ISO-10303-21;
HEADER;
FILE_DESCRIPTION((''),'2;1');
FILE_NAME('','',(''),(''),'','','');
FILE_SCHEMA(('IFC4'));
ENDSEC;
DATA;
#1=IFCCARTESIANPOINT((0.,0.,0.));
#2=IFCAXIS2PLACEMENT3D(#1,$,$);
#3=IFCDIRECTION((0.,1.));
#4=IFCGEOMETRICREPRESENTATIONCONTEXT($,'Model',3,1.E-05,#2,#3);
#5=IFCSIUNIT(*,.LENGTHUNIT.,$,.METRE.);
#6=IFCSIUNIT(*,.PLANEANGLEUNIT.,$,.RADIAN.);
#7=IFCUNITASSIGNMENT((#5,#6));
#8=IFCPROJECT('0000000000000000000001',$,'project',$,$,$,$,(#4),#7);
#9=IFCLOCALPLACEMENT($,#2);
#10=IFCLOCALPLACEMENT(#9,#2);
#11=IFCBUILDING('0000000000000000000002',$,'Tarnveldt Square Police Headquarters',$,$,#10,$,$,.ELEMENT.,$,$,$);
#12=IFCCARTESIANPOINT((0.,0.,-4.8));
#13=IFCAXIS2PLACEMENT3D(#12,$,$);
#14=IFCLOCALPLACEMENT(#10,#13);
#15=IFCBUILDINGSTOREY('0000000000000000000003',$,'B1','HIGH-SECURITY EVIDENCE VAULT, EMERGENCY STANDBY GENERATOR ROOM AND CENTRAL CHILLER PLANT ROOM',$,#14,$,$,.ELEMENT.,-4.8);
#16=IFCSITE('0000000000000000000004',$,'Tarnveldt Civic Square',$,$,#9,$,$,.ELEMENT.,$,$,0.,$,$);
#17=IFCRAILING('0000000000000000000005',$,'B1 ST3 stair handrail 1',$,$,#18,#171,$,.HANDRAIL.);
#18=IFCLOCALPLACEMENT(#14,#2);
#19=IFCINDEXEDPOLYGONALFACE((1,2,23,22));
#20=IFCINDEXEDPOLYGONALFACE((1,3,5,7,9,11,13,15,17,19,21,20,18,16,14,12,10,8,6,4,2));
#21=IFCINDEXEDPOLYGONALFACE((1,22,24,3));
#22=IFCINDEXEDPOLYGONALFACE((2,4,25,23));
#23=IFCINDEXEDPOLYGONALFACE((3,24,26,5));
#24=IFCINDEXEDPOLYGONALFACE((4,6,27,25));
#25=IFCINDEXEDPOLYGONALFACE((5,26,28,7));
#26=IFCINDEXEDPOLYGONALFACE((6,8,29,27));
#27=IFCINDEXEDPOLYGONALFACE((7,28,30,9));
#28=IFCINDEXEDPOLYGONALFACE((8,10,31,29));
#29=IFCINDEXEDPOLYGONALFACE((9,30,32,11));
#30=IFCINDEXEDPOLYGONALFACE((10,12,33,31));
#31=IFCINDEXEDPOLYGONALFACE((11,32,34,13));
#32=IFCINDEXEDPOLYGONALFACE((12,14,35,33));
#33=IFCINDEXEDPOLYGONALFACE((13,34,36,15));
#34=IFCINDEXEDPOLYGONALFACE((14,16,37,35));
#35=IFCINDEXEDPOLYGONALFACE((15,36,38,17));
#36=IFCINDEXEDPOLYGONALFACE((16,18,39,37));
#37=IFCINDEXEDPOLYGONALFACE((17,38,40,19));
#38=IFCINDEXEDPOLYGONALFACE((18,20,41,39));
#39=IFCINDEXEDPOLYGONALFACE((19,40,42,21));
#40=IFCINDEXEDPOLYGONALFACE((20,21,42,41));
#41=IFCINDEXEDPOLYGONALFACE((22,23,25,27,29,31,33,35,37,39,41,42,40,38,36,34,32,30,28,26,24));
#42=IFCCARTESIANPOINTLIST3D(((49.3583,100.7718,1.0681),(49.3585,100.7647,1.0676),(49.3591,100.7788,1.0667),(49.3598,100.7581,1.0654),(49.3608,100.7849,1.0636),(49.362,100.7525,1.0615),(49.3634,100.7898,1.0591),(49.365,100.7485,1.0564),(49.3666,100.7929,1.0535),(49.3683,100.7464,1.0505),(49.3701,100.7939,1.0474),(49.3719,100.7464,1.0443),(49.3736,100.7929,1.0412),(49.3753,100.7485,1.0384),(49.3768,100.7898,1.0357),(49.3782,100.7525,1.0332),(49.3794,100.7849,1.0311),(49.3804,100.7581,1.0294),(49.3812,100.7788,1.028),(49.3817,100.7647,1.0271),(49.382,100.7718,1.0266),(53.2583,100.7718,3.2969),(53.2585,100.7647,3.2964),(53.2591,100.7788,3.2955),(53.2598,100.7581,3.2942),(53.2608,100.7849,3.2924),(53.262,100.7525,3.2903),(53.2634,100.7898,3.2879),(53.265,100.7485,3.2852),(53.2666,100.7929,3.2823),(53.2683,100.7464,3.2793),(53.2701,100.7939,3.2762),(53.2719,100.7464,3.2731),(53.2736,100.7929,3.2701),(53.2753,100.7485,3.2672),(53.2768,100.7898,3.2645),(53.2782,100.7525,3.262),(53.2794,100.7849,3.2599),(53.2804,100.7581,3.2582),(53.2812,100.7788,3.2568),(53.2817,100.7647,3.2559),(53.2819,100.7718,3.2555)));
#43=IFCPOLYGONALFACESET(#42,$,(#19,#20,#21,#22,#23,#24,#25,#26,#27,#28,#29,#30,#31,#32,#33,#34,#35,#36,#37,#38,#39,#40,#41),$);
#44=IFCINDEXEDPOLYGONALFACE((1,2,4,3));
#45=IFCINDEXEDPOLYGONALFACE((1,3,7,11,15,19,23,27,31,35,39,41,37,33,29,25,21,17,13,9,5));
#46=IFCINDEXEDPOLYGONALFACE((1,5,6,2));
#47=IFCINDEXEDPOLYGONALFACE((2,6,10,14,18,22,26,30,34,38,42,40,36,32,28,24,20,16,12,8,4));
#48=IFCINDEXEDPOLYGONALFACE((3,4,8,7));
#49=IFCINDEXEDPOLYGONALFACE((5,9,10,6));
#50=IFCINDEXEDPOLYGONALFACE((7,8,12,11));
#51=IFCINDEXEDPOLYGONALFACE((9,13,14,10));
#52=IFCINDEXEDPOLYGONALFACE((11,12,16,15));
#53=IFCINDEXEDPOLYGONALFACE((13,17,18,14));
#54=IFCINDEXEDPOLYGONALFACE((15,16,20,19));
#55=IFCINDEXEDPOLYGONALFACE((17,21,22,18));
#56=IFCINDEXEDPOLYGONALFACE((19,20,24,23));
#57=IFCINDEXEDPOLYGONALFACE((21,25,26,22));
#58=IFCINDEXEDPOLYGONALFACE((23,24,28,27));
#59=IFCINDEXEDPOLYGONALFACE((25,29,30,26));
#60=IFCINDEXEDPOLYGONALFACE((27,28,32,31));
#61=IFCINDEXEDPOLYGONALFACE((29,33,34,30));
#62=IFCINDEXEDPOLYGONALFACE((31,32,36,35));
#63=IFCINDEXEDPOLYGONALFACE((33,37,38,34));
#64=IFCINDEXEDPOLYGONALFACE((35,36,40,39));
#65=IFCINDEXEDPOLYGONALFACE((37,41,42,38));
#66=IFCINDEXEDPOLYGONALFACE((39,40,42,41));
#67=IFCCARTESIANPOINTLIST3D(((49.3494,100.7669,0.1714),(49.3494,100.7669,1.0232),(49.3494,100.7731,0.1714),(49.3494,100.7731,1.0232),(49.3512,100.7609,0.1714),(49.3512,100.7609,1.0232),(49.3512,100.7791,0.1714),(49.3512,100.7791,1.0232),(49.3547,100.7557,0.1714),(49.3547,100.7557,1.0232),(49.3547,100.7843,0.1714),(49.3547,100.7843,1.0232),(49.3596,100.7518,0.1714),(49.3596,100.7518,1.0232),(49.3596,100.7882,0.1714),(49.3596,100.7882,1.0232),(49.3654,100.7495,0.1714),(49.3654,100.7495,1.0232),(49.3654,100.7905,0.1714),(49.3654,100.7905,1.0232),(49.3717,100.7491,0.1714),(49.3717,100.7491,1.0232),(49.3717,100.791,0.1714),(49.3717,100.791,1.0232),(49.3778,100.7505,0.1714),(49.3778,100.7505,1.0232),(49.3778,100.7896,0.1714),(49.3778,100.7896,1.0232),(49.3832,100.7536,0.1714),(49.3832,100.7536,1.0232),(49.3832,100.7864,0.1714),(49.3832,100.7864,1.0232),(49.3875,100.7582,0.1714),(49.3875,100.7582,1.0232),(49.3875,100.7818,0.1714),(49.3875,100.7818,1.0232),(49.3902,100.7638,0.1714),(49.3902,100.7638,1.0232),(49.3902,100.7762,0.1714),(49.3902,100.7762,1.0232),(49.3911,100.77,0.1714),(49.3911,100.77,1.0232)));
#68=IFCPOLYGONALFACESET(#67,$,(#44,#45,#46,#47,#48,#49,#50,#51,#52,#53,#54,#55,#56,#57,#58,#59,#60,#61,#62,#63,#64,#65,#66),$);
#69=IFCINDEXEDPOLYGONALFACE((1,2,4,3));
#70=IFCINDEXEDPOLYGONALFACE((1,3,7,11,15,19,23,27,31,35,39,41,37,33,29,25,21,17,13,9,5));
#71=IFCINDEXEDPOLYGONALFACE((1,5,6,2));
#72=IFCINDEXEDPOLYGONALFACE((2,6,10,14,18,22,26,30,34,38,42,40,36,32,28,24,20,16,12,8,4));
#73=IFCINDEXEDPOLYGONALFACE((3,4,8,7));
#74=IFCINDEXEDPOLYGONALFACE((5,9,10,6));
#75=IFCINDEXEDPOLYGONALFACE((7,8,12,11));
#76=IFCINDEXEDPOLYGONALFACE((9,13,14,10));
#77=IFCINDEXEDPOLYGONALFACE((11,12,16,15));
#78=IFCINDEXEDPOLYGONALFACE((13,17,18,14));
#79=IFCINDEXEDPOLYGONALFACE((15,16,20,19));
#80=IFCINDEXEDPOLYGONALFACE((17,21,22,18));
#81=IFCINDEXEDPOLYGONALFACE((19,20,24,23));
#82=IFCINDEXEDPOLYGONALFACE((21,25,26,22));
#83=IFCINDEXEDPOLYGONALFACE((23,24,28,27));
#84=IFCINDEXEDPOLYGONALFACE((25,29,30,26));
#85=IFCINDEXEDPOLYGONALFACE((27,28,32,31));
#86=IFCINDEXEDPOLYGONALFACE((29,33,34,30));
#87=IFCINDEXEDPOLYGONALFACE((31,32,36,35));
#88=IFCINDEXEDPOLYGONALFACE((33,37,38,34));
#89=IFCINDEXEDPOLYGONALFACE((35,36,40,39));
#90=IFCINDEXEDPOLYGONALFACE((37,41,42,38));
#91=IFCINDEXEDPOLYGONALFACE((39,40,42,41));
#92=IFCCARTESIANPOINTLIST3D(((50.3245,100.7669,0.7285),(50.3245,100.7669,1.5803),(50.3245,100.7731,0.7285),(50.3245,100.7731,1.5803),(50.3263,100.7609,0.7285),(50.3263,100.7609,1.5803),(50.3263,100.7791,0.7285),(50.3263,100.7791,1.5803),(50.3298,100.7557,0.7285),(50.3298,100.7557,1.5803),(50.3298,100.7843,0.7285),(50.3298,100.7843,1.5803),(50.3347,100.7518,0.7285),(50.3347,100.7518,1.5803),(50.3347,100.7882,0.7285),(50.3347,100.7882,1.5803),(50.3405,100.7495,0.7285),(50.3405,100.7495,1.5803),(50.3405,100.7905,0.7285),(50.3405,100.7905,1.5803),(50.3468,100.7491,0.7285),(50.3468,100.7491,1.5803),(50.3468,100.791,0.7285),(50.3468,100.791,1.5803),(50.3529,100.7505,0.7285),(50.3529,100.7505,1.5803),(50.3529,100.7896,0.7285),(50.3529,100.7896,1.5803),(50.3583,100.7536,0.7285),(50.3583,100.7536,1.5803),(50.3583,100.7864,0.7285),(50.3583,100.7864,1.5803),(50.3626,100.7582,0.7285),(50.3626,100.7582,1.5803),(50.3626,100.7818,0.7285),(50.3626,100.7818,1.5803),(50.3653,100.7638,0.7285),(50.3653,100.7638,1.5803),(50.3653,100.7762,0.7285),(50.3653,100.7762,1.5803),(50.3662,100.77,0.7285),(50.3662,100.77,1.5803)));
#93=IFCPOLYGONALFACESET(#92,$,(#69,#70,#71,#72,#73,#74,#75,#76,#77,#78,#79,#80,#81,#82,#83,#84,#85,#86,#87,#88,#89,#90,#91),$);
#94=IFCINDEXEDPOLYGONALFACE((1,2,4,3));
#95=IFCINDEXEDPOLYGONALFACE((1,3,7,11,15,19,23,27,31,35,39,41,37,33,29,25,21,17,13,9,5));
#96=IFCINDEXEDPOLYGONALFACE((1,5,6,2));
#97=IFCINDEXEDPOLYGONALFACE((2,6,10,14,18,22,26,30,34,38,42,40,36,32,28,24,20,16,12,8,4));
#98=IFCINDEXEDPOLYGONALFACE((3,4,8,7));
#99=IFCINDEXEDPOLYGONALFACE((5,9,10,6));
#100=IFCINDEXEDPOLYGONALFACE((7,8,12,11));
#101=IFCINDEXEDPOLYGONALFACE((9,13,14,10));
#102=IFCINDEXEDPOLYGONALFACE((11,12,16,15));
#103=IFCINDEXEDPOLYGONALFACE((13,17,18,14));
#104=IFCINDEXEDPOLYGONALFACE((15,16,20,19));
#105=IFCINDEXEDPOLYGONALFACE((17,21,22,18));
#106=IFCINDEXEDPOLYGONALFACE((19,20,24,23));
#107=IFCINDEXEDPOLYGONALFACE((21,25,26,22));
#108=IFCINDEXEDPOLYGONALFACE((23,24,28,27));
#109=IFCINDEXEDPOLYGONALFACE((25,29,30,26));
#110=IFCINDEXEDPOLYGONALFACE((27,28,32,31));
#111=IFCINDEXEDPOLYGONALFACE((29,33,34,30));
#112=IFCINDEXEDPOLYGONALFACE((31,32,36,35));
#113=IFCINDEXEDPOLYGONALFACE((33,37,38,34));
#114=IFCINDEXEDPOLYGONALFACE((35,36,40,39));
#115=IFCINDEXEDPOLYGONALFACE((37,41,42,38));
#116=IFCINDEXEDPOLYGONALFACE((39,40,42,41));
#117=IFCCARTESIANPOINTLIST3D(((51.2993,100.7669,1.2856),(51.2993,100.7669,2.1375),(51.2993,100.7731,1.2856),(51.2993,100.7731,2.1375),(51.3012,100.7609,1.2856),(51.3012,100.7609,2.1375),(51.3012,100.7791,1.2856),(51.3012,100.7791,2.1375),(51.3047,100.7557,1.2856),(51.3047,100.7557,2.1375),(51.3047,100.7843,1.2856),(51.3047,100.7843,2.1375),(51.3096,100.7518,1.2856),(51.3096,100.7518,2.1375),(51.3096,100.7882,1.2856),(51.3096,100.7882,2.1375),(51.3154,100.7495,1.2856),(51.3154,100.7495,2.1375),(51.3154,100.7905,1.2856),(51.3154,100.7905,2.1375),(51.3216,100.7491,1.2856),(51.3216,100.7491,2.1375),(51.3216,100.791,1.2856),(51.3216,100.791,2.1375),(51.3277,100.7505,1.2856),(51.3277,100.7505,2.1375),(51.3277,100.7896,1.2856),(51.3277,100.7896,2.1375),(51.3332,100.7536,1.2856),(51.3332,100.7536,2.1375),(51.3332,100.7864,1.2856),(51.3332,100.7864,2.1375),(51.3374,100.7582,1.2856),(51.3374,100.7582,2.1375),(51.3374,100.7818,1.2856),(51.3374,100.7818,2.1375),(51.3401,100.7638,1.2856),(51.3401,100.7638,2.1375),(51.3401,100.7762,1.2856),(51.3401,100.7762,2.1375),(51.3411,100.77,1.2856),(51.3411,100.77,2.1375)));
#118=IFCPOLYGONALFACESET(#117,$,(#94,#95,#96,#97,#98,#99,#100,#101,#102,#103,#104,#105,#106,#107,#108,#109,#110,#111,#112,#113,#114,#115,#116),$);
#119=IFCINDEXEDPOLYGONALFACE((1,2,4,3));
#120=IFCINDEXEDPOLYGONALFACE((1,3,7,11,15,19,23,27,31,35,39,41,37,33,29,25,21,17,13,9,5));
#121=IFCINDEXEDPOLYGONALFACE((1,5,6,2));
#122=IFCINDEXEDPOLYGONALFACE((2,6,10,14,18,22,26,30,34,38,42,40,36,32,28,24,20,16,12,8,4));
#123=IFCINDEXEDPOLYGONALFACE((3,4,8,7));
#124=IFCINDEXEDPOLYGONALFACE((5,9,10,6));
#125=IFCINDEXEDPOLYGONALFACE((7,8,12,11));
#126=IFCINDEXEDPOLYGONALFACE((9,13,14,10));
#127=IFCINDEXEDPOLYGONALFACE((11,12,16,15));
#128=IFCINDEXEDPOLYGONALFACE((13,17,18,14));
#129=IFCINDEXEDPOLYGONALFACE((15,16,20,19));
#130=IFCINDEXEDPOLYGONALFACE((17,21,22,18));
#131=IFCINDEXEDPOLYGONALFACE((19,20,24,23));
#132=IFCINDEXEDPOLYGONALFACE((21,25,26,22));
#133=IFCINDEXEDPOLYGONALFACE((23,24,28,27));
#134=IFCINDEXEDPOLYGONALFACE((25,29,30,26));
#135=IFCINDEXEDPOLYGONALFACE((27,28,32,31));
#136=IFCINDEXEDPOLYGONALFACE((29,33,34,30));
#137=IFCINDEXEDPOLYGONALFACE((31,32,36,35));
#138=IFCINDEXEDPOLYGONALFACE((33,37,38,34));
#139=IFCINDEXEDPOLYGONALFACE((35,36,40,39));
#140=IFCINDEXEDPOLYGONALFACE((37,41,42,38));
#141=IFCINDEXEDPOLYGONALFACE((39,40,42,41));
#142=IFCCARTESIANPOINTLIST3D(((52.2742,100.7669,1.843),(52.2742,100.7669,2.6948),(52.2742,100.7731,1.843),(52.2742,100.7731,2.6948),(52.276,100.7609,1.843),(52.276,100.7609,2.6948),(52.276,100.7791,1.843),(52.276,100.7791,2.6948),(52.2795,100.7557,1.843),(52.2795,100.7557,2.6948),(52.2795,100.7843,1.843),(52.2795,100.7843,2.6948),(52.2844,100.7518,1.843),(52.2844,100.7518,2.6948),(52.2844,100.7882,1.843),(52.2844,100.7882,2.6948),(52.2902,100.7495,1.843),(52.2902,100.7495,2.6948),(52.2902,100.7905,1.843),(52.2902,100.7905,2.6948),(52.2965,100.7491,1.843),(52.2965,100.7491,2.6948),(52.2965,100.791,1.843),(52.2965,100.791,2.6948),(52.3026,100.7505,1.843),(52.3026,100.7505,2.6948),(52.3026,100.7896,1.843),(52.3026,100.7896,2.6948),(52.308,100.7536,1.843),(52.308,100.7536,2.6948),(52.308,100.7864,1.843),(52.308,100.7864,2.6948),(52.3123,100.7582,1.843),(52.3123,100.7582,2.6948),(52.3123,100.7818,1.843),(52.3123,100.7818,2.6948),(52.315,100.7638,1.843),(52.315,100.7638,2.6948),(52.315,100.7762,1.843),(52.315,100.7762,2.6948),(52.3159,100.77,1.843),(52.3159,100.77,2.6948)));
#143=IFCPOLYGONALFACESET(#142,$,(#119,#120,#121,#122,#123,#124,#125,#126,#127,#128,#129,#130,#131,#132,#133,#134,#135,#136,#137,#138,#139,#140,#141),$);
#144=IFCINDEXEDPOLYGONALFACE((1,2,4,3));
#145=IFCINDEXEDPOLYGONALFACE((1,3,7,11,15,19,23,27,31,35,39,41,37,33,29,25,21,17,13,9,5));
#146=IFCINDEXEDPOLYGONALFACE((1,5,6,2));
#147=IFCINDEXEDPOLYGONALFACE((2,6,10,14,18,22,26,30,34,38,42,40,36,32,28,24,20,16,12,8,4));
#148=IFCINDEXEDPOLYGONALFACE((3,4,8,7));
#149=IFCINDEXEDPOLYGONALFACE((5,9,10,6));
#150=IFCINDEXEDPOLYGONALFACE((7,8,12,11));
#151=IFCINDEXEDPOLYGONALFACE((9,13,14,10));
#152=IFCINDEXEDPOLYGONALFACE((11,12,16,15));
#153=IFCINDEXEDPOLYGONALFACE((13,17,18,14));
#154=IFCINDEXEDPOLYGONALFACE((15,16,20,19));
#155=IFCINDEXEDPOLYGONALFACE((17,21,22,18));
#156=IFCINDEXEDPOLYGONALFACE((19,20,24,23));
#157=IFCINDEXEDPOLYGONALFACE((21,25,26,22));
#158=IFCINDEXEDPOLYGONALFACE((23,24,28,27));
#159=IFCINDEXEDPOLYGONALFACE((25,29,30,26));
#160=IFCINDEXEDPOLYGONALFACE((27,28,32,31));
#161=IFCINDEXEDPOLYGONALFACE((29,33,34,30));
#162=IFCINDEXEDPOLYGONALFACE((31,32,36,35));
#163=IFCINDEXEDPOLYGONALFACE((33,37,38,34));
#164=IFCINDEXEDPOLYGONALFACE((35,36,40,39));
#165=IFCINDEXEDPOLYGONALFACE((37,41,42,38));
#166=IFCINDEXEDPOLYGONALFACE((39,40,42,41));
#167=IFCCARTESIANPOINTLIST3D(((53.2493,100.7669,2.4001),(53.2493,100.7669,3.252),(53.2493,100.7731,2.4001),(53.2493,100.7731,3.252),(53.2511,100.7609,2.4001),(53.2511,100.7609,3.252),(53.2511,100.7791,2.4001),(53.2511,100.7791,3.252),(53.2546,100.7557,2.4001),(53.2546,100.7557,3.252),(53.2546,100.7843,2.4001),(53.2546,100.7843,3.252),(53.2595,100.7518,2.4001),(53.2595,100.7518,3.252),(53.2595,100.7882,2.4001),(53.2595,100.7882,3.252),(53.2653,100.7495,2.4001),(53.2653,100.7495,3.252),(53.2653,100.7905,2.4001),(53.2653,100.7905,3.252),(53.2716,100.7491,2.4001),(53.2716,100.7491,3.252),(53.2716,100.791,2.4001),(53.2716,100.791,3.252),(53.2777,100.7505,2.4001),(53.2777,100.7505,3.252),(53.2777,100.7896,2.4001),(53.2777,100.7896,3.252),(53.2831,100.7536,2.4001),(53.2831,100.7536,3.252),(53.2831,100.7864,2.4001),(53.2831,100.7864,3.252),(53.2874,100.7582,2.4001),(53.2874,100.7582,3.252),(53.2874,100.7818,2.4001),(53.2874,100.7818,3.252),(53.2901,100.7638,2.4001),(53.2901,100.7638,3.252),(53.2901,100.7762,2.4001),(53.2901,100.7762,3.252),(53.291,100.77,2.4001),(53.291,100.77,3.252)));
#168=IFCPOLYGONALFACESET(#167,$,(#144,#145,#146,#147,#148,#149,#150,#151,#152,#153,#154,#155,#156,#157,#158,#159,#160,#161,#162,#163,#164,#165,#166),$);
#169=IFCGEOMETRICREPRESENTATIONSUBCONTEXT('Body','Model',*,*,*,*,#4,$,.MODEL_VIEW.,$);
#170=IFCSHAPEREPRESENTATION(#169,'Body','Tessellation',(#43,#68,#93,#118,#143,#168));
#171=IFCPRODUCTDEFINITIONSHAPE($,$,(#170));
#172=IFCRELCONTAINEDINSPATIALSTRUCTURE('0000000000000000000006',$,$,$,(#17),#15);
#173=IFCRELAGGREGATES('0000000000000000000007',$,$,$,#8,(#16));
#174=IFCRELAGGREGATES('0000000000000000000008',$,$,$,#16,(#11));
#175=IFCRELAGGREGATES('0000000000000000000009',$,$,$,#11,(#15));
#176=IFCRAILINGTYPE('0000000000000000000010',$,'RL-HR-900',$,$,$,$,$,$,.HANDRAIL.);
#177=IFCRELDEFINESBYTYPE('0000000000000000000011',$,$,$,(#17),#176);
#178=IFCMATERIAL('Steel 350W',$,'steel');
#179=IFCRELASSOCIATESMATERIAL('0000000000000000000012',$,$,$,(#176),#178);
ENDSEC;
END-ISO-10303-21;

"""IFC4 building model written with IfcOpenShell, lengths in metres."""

from ifc_helpers import new_model, si_unit, direction, frame, origin, origin_2d, place, context, subcontext, project, spatial, circle, extrude, material, type_object, element, save


model = new_model("IFC4")

# Units and contexts
model_context = context("Model", 3, precision=1e-05, world=origin(), true_north=direction((0.0, 1.0)))
body_context = subcontext(model_context, "Body", "Model", "MODEL_VIEW")
ifc_project = project(units=[si_unit("LENGTHUNIT", "METRE"), si_unit("PLANEANGLEUNIT", "RADIAN")], contexts=[model_context])

# Site, building, storey
site_placement = place(None, origin())
site = spatial("IfcSite", under=ifc_project, at=site_placement, Name="Tarnveldt Civic Square", CompositionType="ELEMENT", RefElevation=0.0)
building_placement = place(site_placement, origin())
building = spatial("IfcBuilding", under=site, at=building_placement, Name="Tarnveldt Square Police Headquarters", CompositionType="ELEMENT")
storey_placement = place(building_placement, frame((0.0, 0.0, -4.8)))
storey = spatial("IfcBuildingStorey", under=building, at=storey_placement, Name="B1", Description="HIGH-SECURITY EVIDENCE VAULT, EMERGENCY STANDBY GENERATOR ROOM AND CENTRAL CHILLER PLANT ROOM", CompositionType="ELEMENT", Elevation=-4.8)

# Railing
ifc_material_1 = material(Name="Steel 350W", Category="steel")
railing_type_1 = type_object("IfcRailingType", Name="RL-HR-900", PredefinedType="HANDRAIL", material=ifc_material_1)
railing_1_placement = place(storey_placement, frame((49.3701, 100.77, 0.1714)))
element("IfcRailing", 1, at=railing_1_placement, inside=storey, type_object=railing_type_1, Name="B1 ST3 stair handrail 1", PredefinedType="HANDRAIL", context=body_context, shape_type="SweptSolid", body=[
    extrude(circle(Radius=0.0239, at=origin_2d()), frame((0.0, 0.0, 0.876), z_axis=(0.86822, 0.0, 0.49618), x_axis=(0.0, 1.0, 0.0)), (0.0, 0.0, 1.0), 4.4919),
    extrude(circle(Radius=0.021, at=origin_2d()), origin(), (0.0, 0.0, 1.0), 0.8518),
    extrude(circle(Radius=0.021, at=origin_2d()), frame((0.9751, 0.0, 0.5571)), (0.0, 0.0, 1.0), 0.8518),
    extrude(circle(Radius=0.021, at=origin_2d()), frame((1.95, 0.0, 1.1143)), (0.0, 0.0, 1.0), 0.8518),
    extrude(circle(Radius=0.021, at=origin_2d()), frame((2.9248, 0.0, 1.6716)), (0.0, 0.0, 1.0), 0.8518),
    extrude(circle(Radius=0.021, at=origin_2d()), frame((3.8999, 0.0, 2.2288)), (0.0, 0.0, 1.0), 0.8518),
])

save(model, "model.ifc")
